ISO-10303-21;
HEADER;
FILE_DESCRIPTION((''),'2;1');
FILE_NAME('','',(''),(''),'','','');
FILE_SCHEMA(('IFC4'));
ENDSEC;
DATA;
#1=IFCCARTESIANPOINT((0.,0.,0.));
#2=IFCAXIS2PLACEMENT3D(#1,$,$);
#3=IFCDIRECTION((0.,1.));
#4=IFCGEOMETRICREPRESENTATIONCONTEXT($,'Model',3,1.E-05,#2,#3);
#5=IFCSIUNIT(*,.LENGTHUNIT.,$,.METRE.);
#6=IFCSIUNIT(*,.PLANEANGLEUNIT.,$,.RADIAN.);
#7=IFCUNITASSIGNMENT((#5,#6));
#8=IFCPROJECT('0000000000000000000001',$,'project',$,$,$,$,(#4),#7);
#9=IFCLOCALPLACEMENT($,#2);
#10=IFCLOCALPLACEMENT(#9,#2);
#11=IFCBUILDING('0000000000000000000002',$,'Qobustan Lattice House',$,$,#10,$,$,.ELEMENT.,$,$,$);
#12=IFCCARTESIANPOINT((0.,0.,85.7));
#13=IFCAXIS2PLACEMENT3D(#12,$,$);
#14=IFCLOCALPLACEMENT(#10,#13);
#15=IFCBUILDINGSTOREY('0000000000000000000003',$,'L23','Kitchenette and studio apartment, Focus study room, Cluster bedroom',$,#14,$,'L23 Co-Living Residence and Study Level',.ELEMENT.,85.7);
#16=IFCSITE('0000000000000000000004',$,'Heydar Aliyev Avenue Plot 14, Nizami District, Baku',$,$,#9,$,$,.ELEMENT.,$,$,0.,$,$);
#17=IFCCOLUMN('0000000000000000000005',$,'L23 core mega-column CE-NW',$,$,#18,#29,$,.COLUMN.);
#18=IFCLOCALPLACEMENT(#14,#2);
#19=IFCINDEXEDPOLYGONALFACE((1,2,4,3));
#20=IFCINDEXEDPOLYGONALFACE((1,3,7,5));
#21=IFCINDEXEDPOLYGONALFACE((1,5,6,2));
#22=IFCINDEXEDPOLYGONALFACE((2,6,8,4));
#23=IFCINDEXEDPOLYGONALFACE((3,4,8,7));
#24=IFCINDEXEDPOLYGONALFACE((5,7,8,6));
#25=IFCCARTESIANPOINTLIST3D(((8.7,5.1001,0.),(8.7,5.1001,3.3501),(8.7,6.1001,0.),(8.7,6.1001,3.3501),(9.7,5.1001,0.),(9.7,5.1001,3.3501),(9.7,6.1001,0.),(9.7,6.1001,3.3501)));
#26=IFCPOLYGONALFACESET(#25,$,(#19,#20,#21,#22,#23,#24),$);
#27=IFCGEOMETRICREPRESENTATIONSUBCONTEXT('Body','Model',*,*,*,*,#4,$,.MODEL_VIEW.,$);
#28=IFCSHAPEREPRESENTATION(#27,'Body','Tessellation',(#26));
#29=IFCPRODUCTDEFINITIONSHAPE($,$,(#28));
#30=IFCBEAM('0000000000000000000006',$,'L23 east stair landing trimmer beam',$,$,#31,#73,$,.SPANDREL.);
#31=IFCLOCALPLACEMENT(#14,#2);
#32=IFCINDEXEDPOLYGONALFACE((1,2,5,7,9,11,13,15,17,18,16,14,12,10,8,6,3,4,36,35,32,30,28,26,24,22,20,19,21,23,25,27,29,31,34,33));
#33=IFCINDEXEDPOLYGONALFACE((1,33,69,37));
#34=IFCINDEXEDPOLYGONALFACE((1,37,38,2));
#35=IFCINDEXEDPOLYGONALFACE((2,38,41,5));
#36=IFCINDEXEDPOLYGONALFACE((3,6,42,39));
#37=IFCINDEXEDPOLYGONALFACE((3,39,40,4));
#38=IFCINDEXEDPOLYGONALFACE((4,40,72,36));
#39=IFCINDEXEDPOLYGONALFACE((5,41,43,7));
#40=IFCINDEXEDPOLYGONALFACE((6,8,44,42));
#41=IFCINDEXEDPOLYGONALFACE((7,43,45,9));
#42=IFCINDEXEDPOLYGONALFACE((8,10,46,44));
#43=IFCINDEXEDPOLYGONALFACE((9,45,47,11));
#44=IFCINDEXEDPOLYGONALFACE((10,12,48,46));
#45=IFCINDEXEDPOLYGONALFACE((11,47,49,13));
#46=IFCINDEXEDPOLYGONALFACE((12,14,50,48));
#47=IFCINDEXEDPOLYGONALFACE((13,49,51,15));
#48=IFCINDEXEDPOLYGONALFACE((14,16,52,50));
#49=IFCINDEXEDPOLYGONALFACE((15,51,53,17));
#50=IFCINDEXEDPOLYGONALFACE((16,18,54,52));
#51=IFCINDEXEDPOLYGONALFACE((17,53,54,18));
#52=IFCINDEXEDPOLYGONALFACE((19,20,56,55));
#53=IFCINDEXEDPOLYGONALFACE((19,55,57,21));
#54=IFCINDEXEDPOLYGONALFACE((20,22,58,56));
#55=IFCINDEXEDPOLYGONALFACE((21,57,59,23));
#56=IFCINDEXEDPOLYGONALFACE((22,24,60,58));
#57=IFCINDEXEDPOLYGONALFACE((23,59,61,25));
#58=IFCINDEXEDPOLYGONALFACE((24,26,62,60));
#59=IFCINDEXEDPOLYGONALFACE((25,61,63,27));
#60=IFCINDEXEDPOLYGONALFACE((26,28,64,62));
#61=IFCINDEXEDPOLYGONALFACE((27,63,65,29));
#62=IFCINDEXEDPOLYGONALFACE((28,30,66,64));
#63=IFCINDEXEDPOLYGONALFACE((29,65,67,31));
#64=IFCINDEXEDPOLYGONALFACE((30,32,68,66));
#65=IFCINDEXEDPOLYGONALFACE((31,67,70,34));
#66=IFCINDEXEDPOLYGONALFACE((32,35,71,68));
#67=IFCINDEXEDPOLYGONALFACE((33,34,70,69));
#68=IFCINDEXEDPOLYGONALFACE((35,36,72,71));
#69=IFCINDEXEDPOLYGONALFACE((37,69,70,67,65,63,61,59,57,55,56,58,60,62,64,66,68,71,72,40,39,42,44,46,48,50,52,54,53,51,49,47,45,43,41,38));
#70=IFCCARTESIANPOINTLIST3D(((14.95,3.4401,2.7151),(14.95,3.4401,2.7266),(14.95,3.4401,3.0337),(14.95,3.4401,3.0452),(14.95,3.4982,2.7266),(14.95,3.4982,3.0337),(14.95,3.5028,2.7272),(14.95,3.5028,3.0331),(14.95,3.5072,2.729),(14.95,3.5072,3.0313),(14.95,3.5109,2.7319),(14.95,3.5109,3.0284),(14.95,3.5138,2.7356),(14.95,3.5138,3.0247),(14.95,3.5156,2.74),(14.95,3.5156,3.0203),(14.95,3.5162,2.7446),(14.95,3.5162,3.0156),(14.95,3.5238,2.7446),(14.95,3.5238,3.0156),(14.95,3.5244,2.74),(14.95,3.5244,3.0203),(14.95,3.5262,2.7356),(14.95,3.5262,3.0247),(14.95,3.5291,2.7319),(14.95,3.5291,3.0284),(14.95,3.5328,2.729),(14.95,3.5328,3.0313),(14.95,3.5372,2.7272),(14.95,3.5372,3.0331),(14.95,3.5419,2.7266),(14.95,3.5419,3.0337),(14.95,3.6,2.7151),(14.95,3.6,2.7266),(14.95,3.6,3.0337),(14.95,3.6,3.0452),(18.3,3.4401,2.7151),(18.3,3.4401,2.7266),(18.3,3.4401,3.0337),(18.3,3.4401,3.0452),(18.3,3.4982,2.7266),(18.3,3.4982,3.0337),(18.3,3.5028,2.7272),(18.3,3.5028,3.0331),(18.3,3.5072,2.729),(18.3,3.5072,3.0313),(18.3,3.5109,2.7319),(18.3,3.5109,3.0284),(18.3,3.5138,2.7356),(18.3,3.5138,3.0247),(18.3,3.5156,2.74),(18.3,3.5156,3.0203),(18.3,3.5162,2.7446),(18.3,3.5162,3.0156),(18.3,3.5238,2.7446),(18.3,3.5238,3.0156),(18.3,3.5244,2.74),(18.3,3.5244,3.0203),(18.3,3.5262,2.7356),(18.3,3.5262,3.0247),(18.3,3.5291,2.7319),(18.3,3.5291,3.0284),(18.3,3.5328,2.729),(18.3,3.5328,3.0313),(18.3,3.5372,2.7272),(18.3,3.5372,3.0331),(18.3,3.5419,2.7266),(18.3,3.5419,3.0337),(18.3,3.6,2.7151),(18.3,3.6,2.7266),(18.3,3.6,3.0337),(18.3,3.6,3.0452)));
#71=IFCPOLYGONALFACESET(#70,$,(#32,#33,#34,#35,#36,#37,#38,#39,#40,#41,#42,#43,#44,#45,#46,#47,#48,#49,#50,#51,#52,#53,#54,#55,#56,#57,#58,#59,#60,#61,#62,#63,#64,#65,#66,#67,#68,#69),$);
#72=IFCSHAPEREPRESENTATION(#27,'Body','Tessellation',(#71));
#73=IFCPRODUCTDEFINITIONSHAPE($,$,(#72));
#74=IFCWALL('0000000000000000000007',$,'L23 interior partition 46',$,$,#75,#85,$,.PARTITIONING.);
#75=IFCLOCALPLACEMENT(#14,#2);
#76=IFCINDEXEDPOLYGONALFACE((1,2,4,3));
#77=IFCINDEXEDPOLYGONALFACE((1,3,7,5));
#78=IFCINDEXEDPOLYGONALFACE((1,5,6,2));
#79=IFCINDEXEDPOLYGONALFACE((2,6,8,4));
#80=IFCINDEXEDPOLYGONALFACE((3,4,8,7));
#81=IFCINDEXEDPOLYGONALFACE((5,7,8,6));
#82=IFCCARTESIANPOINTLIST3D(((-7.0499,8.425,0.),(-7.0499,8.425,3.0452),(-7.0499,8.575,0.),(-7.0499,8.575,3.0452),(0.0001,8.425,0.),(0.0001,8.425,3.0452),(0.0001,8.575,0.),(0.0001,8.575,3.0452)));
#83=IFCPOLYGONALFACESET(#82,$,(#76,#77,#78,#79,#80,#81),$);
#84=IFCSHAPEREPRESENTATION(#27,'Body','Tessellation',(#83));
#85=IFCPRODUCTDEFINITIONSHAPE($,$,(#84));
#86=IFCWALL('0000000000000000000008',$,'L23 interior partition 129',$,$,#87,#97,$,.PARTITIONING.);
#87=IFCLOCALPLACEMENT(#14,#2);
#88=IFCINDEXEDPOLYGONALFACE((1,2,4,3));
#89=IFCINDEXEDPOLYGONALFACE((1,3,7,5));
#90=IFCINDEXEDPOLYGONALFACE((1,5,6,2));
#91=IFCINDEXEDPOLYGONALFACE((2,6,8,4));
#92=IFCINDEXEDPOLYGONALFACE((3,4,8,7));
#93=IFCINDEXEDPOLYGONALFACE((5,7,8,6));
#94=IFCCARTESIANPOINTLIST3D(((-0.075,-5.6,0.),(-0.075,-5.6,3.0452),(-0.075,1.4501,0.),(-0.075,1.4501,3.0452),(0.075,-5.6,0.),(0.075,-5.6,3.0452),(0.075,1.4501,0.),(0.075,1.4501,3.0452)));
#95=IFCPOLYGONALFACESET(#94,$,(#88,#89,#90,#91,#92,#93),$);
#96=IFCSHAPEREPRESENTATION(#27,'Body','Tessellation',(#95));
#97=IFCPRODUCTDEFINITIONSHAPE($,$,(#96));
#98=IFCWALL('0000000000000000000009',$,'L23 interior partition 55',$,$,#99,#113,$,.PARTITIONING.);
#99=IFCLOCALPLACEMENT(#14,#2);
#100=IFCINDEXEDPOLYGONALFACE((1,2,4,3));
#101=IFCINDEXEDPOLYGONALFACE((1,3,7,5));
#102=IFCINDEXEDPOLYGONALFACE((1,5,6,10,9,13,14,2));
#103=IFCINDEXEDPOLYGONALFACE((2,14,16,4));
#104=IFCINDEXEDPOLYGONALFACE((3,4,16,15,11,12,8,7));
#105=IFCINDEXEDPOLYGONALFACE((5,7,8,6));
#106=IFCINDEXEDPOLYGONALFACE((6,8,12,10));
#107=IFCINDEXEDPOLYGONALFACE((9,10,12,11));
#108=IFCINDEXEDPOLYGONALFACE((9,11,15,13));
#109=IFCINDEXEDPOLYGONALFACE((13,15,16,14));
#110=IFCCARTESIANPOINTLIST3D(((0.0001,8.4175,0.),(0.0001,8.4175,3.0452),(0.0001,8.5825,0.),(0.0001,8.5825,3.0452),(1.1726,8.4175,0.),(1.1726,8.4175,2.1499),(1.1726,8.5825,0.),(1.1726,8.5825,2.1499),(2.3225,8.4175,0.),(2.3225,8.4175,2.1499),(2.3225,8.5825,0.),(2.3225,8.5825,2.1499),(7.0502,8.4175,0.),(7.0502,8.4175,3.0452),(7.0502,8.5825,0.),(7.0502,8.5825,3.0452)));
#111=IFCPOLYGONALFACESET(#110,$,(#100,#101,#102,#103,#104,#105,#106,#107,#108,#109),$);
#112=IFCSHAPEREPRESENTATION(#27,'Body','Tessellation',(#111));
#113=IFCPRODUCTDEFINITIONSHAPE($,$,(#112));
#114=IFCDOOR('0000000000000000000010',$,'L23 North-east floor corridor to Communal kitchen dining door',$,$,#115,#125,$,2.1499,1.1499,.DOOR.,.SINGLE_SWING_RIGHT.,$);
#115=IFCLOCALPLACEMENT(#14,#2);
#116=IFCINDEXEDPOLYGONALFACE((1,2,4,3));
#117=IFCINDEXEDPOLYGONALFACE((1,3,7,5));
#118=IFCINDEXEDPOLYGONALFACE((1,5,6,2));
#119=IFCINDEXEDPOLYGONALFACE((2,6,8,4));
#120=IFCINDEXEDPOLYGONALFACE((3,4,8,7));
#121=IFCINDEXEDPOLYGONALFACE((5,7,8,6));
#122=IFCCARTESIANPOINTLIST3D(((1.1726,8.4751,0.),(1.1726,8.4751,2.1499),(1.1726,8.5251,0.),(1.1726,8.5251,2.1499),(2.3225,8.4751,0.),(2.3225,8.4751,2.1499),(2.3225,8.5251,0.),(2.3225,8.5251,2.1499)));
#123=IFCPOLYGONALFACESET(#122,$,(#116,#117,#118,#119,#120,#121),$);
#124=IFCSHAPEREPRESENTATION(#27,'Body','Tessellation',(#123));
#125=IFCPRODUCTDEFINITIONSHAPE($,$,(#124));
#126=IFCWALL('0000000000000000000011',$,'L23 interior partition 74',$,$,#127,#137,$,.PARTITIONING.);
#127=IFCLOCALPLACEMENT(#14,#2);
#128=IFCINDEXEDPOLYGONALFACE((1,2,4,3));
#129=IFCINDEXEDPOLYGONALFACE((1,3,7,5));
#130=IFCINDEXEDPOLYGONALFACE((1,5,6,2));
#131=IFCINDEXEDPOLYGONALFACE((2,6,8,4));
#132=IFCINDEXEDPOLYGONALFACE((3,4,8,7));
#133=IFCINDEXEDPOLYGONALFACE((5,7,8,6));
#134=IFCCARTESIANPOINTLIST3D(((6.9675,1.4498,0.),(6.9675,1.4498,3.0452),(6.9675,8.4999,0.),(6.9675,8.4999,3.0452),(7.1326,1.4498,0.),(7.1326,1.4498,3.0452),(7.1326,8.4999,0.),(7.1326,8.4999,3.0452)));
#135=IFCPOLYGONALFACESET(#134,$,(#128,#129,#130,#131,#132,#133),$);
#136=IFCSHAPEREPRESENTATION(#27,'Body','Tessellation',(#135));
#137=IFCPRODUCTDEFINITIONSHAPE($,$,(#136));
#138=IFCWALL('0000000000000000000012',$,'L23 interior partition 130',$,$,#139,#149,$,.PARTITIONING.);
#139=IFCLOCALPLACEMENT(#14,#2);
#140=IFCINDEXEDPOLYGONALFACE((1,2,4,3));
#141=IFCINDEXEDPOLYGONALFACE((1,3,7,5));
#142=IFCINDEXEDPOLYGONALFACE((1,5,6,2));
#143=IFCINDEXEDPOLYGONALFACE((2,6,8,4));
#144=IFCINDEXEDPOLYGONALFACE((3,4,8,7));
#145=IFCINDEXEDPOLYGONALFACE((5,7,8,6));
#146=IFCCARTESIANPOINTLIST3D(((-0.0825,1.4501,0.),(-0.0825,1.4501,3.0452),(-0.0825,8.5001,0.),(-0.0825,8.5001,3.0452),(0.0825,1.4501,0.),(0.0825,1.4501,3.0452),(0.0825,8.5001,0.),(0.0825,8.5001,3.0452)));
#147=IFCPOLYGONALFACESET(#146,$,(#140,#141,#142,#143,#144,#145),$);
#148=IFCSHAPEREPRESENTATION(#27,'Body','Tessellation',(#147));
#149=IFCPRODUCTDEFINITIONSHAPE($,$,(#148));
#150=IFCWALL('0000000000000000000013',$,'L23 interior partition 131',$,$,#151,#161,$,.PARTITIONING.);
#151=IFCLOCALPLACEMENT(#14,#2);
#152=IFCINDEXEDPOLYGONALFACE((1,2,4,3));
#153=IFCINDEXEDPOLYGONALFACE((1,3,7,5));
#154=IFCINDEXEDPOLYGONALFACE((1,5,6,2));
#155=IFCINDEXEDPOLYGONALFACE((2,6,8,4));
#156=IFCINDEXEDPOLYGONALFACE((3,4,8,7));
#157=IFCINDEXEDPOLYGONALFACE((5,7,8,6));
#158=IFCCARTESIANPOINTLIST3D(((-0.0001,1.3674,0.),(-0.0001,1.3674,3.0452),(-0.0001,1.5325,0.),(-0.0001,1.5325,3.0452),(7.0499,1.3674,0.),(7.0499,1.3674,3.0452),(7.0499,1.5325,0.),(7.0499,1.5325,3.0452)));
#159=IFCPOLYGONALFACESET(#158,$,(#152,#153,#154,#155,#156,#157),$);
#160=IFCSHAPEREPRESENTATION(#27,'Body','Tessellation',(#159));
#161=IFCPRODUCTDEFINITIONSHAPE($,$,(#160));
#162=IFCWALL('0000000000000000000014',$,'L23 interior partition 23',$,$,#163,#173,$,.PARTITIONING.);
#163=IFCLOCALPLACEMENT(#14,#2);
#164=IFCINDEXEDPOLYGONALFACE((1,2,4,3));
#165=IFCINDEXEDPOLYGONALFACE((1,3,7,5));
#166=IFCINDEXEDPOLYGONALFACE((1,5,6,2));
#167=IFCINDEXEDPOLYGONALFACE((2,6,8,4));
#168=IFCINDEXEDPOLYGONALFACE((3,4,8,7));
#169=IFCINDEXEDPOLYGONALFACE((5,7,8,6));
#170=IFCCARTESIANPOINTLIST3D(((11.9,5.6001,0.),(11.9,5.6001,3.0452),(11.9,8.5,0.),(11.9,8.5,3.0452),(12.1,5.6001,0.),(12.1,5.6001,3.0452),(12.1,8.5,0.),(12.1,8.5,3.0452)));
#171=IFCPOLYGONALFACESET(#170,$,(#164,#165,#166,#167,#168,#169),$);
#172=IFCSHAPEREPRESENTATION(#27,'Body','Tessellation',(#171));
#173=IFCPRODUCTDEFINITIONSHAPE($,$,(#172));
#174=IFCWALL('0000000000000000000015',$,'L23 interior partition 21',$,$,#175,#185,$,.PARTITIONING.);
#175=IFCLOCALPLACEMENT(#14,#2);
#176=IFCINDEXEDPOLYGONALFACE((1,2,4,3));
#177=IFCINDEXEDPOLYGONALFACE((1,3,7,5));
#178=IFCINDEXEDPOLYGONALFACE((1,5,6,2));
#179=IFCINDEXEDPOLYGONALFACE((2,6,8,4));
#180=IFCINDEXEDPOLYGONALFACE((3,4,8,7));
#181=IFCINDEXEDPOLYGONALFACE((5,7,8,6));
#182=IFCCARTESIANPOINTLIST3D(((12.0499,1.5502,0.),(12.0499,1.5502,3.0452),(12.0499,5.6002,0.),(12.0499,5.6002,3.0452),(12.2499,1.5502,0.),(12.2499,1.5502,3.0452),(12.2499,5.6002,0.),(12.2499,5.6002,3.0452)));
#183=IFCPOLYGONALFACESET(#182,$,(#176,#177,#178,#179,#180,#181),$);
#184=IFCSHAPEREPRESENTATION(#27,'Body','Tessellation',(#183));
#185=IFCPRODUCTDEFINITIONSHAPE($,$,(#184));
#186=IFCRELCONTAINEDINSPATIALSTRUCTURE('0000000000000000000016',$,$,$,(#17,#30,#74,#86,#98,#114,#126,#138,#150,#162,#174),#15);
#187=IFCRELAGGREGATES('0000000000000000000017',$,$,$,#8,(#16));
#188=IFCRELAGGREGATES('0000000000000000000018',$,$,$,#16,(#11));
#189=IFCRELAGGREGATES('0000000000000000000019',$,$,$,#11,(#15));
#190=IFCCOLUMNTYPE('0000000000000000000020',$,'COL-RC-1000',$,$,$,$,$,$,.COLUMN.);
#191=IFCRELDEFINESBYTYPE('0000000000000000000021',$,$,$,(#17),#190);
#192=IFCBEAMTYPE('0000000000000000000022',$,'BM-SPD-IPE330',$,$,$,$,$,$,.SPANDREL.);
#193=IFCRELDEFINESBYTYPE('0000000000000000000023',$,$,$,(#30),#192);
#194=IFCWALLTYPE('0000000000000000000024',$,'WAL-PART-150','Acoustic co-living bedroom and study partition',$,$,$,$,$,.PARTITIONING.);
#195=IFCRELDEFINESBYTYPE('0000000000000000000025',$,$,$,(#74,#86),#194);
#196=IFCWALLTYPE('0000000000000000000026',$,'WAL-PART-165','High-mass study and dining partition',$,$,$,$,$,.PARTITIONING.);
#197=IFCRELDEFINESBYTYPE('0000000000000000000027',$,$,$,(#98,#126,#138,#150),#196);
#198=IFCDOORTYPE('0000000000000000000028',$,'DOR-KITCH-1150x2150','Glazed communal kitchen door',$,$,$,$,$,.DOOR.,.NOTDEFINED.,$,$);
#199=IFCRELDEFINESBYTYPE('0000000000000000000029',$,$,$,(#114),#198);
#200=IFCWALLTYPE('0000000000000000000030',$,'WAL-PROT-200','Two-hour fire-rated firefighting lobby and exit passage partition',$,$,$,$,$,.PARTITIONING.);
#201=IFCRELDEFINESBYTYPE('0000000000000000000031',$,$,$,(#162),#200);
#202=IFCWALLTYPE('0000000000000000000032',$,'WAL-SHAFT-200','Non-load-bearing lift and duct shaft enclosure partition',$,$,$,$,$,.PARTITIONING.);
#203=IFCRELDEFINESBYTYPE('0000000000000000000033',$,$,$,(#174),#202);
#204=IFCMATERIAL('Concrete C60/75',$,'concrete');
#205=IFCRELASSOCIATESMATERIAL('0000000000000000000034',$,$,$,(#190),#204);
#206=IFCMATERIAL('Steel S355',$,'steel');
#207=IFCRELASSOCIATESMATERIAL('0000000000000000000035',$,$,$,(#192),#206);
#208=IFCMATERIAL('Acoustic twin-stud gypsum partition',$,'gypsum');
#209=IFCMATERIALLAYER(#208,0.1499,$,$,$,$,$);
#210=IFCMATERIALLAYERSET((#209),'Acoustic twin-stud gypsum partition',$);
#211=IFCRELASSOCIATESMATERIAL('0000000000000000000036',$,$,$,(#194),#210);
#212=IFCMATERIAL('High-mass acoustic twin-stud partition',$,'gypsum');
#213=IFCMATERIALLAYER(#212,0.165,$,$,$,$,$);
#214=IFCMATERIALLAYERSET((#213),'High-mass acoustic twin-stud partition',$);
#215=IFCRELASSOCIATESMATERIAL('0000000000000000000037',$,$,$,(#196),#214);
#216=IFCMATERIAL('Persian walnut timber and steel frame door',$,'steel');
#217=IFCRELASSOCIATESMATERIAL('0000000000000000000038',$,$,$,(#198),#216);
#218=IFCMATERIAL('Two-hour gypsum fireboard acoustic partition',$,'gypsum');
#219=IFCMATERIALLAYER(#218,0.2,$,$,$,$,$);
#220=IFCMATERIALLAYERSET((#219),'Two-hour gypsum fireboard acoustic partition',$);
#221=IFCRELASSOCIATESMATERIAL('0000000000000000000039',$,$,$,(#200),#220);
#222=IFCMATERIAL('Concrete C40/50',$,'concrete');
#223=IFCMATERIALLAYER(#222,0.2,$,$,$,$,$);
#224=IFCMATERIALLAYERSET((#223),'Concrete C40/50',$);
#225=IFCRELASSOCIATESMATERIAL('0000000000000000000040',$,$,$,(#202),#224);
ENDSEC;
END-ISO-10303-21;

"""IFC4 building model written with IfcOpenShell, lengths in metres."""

from ifc_helpers import new_model, si_unit, direction, frame, frame_2d, origin, origin_2d, place, context, subcontext, project, spatial, rectangle, i_section, extrude, material, layer, layer_set, material_profile, profile_set, type_object, element, fill, save


model = new_model("IFC4")

# Units and contexts
model_context = context("Model", 3, precision=1e-05, world=origin(), true_north=direction((0.0, 1.0)))
body_context = subcontext(model_context, "Body", "Model", "MODEL_VIEW")
ifc_project = project(units=[si_unit("LENGTHUNIT", "METRE"), si_unit("PLANEANGLEUNIT", "RADIAN")], contexts=[model_context])

# Site, building, storey
site_placement = place(None, origin())
site = spatial("IfcSite", under=ifc_project, at=site_placement, Name="Heydar Aliyev Avenue Plot 14, Nizami District, Baku", CompositionType="ELEMENT", RefElevation=0.0)
building_placement = place(site_placement, origin())
building = spatial("IfcBuilding", under=site, at=building_placement, Name="Qobustan Lattice House", CompositionType="ELEMENT")
storey_placement = place(building_placement, frame((0.0, 0.0, 85.7)))
storey = spatial("IfcBuildingStorey", under=building, at=storey_placement, Name="L23", Description="Kitchenette and studio apartment, Focus study room, Cluster bedroom", LongName="L23 Co-Living Residence and Study Level", CompositionType="ELEMENT", Elevation=85.7)

# Column
ifc_material_1 = material(Name="Concrete C60/75", Category="concrete")
ifc_material_profile_1 = material_profile(ifc_material_1, rectangle(XDim=1.0, YDim=1.0, at=origin_2d()), Name="RC1000x1000")
ifc_profile_set_1 = profile_set([ifc_material_profile_1], Name="Concrete C60/75")
column_type = type_object("IfcColumnType", Name="COL-RC-1000", PredefinedType="COLUMN", material=ifc_profile_set_1)
column_placement = place(storey_placement, frame((9.2, 5.6001, 0.0), z_axis=(0.0, 0.0, 1.0), x_axis=(1.0, 0.0, 0.0)))
element("IfcColumn", 1, at=column_placement, inside=storey, type_object=column_type, Name="L23 core mega-column CE-NW", PredefinedType="COLUMN", context=body_context, shape_type="SweptSolid", body=[
    extrude(rectangle(XDim=1.0, YDim=1.0, at=origin_2d()), origin(), (0.0, 0.0, 1.0), 3.3501),
])

# Beam
ifc_material_2 = material(Name="Steel S355", Category="steel")
ifc_material_profile_2 = material_profile(ifc_material_2, i_section(OverallWidth=0.1599, OverallDepth=0.3301, WebThickness=0.0076, FlangeThickness=0.0115, FilletRadius=0.0181, at=origin_2d()), Name="IPE330")
ifc_profile_set_2 = profile_set([ifc_material_profile_2], Name="Steel S355")
beam_type = type_object("IfcBeamType", Name="BM-SPD-IPE330", PredefinedType="SPANDREL", material=ifc_profile_set_2)
beam_placement = place(storey_placement, frame((14.95, 3.52, 2.8801), z_axis=(1.0, 0.0, 0.0), x_axis=(0.0, 1.0, 0.0)))
element("IfcBeam", 2, at=beam_placement, inside=storey, type_object=beam_type, Name="L23 east stair landing trimmer beam", PredefinedType="SPANDREL", context=body_context, shape_type="SweptSolid", body=[
    extrude(i_section(OverallWidth=0.1599, OverallDepth=0.3301, WebThickness=0.0076, FlangeThickness=0.0115, FilletRadius=0.0181, at=origin_2d()), origin(), (0.0, 0.0, 1.0), 3.3501),
])

# Walls
ifc_material_3 = material(Name="Acoustic twin-stud gypsum partition", Category="gypsum")
ifc_layer_1 = layer(ifc_material_3, 0.1499)
ifc_layer_set_1 = layer_set([ifc_layer_1], Name="Acoustic twin-stud gypsum partition")
wall_type_1 = type_object("IfcWallType", Name="WAL-PART-150", Description="Acoustic co-living bedroom and study partition", PredefinedType="PARTITIONING", material=ifc_layer_set_1)
for number, where, z_axis, x_axis, name in (
    (3, (0.0, 8.5, 0.0), (0.0, 0.0, 1.0), (-1.0, 0.0, 0.0), "L23 interior partition 46"),
    (4, (0.0, 1.45, 0.0), (0.0, 0.0, 1.0), (0.0, -1.0, 0.0), "L23 interior partition 129"),
):
    element("IfcWall", number, at=place(storey_placement, frame(where, z_axis=z_axis, x_axis=x_axis)), inside=storey, type_object=wall_type_1, Name=name, PredefinedType="PARTITIONING", context=body_context, shape_type="SweptSolid", body=[
        extrude(rectangle(XDim=7.05, YDim=0.1499, at=frame_2d((3.5249, 0.0))), origin(), (0.0, 0.0, 1.0), 3.0452),
    ])

# Wall, opening, door
ifc_material_4 = material(Name="High-mass acoustic twin-stud partition", Category="gypsum")
ifc_layer_2 = layer(ifc_material_4, 0.165)
ifc_layer_set_2 = layer_set([ifc_layer_2], Name="High-mass acoustic twin-stud partition")
wall_type_2 = type_object("IfcWallType", Name="WAL-PART-165", Description="High-mass study and dining partition", PredefinedType="PARTITIONING", material=ifc_layer_set_2)
wall_1_placement = place(storey_placement, frame((7.05, 8.5, 0.0), z_axis=(0.0, 0.0, 1.0), x_axis=(-1.0, 0.0, 0.0)))
wall_1 = element("IfcWall", 5, at=wall_1_placement, inside=storey, type_object=wall_type_2, Name="L23 interior partition 55", PredefinedType="PARTITIONING", context=body_context, shape_type="SweptSolid", body=[
    extrude(rectangle(XDim=7.05, YDim=0.165, at=frame_2d((3.5249, 0.0))), origin(), (0.0, 0.0, 1.0), 3.0452),
])
opening_1_placement = place(wall_1_placement, frame((4.7275, 0.0, 0.0)))
opening_1 = element("IfcOpeningElement", 6, at=opening_1_placement, cuts=wall_1, PredefinedType="OPENING", context=body_context, shape_type="SweptSolid", body=[
    extrude(rectangle(XDim=1.1499, YDim=2.1499, at=frame_2d((0.575, 1.075))), frame((0.0, 0.0925, 0.0), z_axis=(0.0, -1.0, 0.0), x_axis=(1.0, 0.0, 0.0)), (0.0, 0.0, 1.0), 0.1851),
])
ifc_material_5 = material(Name="Persian walnut timber and steel frame door", Category="steel")
door_type_1 = type_object("IfcDoorType", Name="DOR-KITCH-1150x2150", Description="Glazed communal kitchen door", OperationType="NOTDEFINED", PredefinedType="DOOR", material=ifc_material_5)
door_1_placement = place(opening_1_placement, origin())
door_1 = element("IfcDoor", 7, at=door_1_placement, inside=storey, type_object=door_type_1, Name="L23 North-east floor corridor to Communal kitchen dining door", OperationType="SINGLE_SWING_RIGHT", OverallHeight=2.1499, OverallWidth=1.1499, PredefinedType="DOOR", context=body_context, shape_type="SweptSolid", body=[
    extrude(rectangle(XDim=1.1499, YDim=2.1499, at=frame_2d((0.575, 1.075))), frame((0.0, 0.0249, 0.0), z_axis=(0.0, -1.0, 0.0), x_axis=(1.0, 0.0, 0.0)), (0.0, 0.0, 1.0), 0.05),
])
fill(opening_1, door_1)

# Walls
for number, where, z_axis, x_axis, name in (
    (8, (7.05, 1.45, 0.0), (0.0, 0.0, 1.0), (0.0, 1.0, 0.0), "L23 interior partition 74"),
    (9, (0.0, 8.5, 0.0), (0.0, 0.0, 1.0), (0.0, -1.0, 0.0), "L23 interior partition 130"),
    (10, (0.0, 1.45, 0.0), (0.0, 0.0, 1.0), (1.0, 0.0, 0.0), "L23 interior partition 131"),
):
    element("IfcWall", number, at=place(storey_placement, frame(where, z_axis=z_axis, x_axis=x_axis)), inside=storey, type_object=wall_type_2, Name=name, PredefinedType="PARTITIONING", context=body_context, shape_type="SweptSolid", body=[
        extrude(rectangle(XDim=7.05, YDim=0.165, at=frame_2d((3.5249, 0.0))), origin(), (0.0, 0.0, 1.0), 3.0452),
    ])
ifc_material_6 = material(Name="Two-hour gypsum fireboard acoustic partition", Category="gypsum")
ifc_layer_3 = layer(ifc_material_6, 0.2)
ifc_layer_set_3 = layer_set([ifc_layer_3], Name="Two-hour gypsum fireboard acoustic partition")
wall_type_3 = type_object("IfcWallType", Name="WAL-PROT-200", Description="Two-hour fire-rated firefighting lobby and exit passage partition", PredefinedType="PARTITIONING", material=ifc_layer_set_3)
wall_2_placement = place(storey_placement, frame((12.0, 8.5, 0.0), z_axis=(0.0, 0.0, 1.0), x_axis=(0.0, -1.0, 0.0)))
element("IfcWall", 11, at=wall_2_placement, inside=storey, type_object=wall_type_3, Name="L23 interior partition 23", PredefinedType="PARTITIONING", context=body_context, shape_type="SweptSolid", body=[
    extrude(rectangle(XDim=2.8999, YDim=0.2, at=frame_2d((1.45, 0.0))), origin(), (0.0, 0.0, 1.0), 3.0452),
])
ifc_material_7 = material(Name="Concrete C40/50", Category="concrete")
ifc_layer_4 = layer(ifc_material_7, 0.2)
ifc_layer_set_4 = layer_set([ifc_layer_4], Name="Concrete C40/50")
wall_type_4 = type_object("IfcWallType", Name="WAL-SHAFT-200", Description="Non-load-bearing lift and duct shaft enclosure partition", PredefinedType="PARTITIONING", material=ifc_layer_set_4)
wall_3_placement = place(storey_placement, frame((12.1499, 5.6001, 0.0), z_axis=(0.0, 0.0, 1.0), x_axis=(0.0, -1.0, 0.0)))
element("IfcWall", 12, at=wall_3_placement, inside=storey, type_object=wall_type_4, Name="L23 interior partition 21", PredefinedType="PARTITIONING", context=body_context, shape_type="SweptSolid", body=[
    extrude(rectangle(XDim=4.05, YDim=0.2, at=frame_2d((2.0249, 0.0))), origin(), (0.0, 0.0, 1.0), 3.0452),
])

save(model, "model.ifc")
